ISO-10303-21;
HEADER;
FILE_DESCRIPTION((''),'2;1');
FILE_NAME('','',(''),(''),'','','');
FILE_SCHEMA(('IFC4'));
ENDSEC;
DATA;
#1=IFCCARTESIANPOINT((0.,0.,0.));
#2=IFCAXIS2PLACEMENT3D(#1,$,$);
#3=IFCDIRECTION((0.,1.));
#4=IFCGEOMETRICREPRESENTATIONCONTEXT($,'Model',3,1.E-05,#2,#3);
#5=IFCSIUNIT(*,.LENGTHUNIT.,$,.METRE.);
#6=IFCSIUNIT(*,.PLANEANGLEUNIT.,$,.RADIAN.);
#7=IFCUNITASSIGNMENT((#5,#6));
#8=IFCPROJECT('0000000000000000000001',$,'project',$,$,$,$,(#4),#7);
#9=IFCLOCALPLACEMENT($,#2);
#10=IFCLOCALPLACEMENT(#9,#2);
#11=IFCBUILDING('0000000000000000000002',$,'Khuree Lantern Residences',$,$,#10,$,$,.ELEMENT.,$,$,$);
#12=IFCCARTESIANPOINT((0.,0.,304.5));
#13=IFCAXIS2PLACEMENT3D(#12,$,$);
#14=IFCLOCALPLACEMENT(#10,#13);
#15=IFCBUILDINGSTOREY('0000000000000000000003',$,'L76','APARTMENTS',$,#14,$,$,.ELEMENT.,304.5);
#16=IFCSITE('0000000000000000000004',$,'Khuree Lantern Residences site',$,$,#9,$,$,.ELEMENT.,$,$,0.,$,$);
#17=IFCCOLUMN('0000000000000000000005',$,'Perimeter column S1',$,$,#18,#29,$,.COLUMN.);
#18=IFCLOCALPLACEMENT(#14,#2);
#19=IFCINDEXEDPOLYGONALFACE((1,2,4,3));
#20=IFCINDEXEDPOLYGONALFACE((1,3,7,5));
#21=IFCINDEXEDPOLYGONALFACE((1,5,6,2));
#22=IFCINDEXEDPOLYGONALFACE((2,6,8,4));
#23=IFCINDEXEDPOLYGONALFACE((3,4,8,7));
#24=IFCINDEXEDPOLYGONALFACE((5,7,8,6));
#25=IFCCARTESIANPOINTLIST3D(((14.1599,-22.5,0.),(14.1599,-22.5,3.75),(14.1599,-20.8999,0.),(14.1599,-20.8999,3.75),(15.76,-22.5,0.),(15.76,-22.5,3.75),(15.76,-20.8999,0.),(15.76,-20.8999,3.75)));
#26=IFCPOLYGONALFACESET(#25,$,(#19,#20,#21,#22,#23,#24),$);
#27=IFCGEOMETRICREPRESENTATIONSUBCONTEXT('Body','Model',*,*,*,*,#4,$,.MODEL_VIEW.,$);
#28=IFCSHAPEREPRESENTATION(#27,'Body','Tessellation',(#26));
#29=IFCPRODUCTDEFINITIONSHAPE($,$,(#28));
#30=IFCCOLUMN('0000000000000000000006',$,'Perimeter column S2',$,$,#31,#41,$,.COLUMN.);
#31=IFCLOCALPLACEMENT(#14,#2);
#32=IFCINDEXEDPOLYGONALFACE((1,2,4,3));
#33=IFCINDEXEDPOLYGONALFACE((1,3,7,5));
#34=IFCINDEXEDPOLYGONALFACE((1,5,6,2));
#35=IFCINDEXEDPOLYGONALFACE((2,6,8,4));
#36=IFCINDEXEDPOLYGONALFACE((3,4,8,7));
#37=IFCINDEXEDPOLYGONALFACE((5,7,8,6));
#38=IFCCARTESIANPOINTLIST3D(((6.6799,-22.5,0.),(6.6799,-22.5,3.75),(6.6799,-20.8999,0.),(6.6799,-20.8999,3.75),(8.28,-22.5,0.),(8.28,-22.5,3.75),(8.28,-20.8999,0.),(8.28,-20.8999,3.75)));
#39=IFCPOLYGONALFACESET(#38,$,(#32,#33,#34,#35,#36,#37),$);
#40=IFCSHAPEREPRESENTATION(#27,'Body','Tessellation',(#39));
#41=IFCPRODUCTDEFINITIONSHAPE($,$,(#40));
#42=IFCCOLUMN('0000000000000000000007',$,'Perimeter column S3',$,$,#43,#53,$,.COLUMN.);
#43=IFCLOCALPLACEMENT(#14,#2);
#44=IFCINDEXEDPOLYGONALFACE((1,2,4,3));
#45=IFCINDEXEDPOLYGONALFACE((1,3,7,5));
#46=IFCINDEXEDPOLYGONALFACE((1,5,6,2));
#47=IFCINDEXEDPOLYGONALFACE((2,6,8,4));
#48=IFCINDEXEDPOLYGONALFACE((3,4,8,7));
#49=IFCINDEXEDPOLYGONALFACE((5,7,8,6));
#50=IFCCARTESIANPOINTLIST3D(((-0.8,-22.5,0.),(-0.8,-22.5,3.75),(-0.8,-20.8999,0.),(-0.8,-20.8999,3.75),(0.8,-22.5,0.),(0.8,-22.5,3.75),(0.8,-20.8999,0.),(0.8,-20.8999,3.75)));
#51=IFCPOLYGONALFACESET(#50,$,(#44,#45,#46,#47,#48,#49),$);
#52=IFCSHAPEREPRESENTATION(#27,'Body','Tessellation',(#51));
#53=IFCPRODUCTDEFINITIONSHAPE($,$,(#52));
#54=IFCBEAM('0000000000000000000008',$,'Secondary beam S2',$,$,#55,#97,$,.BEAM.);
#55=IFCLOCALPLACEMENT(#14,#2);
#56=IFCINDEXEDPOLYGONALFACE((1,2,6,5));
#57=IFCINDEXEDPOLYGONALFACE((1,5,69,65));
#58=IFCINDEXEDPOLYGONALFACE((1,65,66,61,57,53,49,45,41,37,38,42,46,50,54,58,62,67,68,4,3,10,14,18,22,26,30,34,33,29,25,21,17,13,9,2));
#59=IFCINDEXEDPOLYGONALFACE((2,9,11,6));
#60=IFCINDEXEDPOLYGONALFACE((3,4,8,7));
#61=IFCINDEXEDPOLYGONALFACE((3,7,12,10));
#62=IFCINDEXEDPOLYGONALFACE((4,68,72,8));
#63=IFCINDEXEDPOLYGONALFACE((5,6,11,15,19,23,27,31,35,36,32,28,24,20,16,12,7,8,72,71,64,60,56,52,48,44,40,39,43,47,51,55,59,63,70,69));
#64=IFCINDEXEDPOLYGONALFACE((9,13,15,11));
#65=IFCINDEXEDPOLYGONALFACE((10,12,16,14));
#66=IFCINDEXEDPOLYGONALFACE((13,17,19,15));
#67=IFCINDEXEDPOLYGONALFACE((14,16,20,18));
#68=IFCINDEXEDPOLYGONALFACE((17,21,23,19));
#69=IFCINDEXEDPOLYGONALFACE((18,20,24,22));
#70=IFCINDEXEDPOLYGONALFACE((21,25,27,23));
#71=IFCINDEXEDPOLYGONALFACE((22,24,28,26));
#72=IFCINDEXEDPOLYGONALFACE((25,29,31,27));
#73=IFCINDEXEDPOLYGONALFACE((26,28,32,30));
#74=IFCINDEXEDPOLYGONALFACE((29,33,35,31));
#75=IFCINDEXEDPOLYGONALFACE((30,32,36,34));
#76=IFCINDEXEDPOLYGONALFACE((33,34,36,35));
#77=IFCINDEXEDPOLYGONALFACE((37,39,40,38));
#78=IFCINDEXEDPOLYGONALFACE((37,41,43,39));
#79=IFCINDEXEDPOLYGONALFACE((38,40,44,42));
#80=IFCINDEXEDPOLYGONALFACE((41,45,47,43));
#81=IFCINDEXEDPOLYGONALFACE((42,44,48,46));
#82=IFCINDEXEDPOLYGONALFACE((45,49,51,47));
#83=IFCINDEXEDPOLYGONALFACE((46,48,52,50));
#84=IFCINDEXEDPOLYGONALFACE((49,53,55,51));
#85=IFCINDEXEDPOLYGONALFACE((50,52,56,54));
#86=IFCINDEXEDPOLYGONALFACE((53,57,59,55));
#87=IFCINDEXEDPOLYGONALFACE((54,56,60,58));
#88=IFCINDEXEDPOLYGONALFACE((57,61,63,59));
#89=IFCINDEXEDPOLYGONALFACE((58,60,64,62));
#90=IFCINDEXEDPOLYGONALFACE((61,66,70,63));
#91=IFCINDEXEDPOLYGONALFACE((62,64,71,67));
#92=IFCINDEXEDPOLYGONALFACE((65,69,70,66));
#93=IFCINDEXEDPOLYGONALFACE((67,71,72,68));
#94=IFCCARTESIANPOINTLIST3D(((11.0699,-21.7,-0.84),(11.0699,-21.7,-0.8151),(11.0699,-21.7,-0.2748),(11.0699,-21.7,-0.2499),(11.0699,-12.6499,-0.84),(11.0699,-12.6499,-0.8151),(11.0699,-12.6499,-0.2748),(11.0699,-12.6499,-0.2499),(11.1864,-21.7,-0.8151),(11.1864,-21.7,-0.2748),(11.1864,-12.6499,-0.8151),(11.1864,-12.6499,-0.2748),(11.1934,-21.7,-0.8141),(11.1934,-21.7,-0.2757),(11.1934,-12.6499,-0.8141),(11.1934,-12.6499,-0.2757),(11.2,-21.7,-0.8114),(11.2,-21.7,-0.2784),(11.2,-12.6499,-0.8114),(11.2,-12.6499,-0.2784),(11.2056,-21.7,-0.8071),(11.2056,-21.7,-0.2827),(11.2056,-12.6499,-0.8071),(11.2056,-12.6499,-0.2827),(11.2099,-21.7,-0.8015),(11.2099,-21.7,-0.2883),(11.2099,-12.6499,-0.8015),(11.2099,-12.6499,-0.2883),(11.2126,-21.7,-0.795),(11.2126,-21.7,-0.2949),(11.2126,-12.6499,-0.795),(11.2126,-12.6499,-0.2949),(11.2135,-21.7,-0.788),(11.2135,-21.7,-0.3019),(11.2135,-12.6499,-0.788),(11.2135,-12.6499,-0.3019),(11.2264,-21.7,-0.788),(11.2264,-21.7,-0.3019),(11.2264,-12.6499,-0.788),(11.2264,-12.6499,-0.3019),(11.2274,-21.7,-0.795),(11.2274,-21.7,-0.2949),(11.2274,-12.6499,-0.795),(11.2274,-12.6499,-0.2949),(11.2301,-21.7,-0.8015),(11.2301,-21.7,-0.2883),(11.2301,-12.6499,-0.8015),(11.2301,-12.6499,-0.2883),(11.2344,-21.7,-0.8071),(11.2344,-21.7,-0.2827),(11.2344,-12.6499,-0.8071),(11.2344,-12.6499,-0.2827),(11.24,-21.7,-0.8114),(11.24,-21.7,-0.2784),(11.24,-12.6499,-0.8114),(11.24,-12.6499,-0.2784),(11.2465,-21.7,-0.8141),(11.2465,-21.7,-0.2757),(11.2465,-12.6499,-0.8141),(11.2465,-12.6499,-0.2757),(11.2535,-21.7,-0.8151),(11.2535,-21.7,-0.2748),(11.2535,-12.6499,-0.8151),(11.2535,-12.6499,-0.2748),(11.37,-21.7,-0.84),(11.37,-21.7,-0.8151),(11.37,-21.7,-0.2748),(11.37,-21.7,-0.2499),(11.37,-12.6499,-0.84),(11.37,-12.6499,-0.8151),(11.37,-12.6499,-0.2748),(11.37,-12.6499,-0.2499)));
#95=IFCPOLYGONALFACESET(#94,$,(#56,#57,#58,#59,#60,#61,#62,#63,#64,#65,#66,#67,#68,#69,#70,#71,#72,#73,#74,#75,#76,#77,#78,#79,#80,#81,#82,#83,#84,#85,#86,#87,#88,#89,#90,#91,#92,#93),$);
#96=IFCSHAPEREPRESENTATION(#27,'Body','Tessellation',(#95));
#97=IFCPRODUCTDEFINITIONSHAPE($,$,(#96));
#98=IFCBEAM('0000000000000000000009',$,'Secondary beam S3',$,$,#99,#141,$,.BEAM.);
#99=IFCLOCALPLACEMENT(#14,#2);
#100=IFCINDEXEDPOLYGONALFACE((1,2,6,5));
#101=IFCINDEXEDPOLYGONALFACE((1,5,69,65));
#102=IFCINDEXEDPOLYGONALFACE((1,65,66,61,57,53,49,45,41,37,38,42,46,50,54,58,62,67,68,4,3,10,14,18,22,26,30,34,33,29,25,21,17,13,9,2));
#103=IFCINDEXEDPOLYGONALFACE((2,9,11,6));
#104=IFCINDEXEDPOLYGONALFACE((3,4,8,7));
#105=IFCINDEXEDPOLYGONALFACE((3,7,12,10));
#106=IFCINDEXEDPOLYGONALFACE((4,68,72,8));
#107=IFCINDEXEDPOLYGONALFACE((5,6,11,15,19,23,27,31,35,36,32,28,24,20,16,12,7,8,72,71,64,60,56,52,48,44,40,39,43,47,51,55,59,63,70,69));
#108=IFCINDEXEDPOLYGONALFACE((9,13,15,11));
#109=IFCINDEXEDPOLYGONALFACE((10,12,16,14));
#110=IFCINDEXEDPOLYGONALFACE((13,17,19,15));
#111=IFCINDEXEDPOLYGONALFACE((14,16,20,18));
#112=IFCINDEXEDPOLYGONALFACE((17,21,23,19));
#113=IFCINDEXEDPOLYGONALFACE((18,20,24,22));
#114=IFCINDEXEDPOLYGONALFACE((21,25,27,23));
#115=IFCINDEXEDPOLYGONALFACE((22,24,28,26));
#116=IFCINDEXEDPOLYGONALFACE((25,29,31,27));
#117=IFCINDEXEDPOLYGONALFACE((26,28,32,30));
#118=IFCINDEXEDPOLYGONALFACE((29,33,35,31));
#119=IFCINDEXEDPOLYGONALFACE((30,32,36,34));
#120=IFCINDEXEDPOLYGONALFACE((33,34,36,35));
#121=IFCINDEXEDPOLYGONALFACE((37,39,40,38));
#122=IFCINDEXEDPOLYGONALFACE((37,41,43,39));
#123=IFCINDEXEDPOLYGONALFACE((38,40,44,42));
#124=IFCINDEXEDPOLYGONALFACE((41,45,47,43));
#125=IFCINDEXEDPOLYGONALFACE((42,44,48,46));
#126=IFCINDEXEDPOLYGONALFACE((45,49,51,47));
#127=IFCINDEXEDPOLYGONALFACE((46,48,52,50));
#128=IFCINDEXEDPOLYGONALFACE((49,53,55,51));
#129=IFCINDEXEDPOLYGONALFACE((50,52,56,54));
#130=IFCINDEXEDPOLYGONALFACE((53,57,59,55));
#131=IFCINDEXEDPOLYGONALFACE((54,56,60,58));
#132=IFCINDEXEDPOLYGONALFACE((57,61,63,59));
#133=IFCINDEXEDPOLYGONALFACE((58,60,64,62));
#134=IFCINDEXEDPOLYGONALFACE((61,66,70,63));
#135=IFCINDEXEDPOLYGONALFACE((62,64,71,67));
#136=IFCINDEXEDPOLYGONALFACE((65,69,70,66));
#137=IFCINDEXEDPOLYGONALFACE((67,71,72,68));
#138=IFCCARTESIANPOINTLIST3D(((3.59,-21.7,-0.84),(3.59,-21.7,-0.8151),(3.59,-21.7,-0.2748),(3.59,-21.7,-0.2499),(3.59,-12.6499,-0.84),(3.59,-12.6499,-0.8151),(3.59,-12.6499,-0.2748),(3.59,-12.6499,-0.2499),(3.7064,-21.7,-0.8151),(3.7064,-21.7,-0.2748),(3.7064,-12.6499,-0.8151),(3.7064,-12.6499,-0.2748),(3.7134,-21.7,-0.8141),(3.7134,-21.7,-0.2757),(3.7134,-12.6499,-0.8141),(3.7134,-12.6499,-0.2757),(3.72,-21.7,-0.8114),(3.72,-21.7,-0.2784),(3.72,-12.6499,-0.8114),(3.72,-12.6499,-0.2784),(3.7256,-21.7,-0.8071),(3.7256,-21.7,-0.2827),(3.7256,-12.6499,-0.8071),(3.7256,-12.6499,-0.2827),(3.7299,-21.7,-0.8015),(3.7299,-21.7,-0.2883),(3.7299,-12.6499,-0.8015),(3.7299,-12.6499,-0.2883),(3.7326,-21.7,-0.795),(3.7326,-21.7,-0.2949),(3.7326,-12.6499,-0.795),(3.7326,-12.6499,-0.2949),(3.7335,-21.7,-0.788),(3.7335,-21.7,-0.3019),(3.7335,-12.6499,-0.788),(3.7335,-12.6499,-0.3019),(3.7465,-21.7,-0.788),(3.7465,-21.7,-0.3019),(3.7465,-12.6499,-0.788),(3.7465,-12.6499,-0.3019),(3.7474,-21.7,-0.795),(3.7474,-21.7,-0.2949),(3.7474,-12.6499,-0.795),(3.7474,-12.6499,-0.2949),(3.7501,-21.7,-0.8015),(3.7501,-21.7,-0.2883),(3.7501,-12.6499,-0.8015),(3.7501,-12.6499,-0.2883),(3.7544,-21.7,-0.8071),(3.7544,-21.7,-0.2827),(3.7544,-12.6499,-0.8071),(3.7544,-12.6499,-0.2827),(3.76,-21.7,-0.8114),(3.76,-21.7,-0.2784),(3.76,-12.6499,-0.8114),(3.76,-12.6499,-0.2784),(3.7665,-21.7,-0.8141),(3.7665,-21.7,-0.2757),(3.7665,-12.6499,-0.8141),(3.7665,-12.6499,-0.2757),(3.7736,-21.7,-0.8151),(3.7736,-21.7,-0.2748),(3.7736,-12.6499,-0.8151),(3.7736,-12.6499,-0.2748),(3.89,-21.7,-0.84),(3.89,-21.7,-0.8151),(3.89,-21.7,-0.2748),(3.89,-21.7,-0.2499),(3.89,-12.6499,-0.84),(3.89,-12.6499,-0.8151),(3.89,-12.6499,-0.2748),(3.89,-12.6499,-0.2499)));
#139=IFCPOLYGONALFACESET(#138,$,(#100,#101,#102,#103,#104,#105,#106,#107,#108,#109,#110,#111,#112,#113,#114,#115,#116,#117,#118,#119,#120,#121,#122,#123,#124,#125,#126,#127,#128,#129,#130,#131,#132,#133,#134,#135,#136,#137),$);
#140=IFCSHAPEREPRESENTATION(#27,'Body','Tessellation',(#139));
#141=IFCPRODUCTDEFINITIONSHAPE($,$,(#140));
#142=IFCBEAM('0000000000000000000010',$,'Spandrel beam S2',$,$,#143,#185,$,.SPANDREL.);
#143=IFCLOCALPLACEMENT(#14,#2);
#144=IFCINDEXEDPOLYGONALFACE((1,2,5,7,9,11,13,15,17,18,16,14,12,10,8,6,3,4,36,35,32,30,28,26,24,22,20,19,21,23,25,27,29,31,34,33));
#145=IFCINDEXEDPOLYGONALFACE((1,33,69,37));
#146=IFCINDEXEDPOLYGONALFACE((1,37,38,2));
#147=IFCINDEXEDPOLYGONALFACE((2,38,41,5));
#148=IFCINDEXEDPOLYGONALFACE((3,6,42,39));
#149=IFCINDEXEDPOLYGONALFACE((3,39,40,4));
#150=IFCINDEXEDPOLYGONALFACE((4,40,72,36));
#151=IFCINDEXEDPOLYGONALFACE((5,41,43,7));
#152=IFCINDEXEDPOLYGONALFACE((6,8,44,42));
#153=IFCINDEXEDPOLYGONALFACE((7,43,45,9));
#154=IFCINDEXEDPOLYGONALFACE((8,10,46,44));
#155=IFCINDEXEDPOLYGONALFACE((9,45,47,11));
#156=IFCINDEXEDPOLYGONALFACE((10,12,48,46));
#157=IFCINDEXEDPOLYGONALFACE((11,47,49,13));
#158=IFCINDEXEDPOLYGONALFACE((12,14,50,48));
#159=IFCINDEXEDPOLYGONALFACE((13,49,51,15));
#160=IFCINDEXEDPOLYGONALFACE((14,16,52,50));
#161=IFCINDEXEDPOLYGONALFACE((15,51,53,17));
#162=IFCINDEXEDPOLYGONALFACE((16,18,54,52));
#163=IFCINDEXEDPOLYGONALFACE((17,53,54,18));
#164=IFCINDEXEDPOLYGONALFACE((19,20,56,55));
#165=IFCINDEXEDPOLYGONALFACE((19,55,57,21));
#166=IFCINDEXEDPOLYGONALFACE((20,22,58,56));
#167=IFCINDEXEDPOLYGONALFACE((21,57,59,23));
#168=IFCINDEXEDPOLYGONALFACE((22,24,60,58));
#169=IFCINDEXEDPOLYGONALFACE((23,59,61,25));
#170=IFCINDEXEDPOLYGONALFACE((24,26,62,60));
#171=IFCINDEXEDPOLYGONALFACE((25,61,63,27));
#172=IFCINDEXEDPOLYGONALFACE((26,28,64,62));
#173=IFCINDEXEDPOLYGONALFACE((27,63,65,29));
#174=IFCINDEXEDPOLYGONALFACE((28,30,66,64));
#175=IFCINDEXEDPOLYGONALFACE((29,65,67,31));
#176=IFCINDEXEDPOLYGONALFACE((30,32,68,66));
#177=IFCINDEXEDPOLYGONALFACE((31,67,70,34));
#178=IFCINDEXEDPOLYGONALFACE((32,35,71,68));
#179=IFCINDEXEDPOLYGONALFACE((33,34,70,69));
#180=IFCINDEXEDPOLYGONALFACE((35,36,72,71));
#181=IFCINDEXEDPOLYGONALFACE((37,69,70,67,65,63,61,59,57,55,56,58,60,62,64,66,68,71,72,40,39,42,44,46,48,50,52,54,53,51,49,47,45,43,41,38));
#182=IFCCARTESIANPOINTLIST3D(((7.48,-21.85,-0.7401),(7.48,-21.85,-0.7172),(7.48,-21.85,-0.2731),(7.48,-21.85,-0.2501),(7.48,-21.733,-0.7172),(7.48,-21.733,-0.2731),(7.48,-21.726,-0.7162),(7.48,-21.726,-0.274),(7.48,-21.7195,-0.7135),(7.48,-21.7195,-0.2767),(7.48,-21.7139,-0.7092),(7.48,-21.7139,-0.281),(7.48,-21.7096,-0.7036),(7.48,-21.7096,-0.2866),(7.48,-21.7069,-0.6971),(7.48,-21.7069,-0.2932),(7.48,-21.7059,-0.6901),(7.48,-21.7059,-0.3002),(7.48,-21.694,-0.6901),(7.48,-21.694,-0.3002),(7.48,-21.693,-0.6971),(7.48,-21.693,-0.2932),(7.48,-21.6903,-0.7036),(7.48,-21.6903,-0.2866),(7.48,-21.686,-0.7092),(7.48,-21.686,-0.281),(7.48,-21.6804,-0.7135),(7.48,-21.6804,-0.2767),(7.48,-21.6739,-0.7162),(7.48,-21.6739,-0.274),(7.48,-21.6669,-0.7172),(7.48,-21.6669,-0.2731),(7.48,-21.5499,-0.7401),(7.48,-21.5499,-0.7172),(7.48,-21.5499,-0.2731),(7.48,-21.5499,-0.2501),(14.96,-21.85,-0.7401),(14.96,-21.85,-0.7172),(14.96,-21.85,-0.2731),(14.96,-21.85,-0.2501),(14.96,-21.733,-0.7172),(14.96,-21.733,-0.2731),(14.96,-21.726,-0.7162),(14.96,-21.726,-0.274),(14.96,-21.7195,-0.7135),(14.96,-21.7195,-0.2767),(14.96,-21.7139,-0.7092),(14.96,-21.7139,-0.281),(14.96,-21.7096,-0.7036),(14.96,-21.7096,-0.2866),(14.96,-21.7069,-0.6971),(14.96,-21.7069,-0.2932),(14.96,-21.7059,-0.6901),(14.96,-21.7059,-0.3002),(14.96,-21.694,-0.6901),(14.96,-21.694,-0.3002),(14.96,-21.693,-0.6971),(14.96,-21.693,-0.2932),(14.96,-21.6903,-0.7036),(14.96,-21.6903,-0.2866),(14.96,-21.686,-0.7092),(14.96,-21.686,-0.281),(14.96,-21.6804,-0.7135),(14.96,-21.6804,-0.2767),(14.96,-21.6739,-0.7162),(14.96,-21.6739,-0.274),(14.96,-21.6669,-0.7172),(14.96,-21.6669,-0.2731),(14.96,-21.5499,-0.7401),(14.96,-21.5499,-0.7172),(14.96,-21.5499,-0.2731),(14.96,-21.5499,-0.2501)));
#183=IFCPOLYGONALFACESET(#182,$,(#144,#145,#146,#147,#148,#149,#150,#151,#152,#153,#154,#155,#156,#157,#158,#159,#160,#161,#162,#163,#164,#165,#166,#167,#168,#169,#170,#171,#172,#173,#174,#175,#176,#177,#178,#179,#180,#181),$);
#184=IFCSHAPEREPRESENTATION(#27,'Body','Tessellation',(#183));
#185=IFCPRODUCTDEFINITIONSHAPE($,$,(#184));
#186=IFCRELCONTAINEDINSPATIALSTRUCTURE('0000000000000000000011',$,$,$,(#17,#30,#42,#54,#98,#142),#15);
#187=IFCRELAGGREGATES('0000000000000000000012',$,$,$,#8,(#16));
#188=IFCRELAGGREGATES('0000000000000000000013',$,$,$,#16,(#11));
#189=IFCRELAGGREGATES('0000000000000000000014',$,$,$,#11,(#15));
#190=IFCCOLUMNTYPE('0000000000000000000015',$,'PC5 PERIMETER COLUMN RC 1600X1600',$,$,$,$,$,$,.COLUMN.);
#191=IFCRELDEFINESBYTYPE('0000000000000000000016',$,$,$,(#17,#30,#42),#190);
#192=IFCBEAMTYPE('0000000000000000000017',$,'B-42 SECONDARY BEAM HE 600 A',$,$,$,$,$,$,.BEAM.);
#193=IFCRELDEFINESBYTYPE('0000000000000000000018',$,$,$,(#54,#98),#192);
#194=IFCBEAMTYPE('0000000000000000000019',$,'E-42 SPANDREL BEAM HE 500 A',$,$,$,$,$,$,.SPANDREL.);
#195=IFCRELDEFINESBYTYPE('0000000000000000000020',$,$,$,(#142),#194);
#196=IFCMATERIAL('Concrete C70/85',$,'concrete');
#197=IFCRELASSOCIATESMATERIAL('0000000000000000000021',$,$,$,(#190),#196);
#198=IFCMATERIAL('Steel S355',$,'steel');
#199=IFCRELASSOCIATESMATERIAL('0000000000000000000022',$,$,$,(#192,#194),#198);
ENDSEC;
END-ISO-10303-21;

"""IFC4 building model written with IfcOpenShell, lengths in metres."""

from ifc_helpers import new_model, si_unit, direction, frame, origin, origin_2d, place, context, subcontext, project, spatial, rectangle, i_section, extrude, material, material_profile, profile_set, type_object, element, save


model = new_model("IFC4")

# Units and contexts
model_context = context("Model", 3, precision=1e-05, world=origin(), true_north=direction((0.0, 1.0)))
body_context = subcontext(model_context, "Body", "Model", "MODEL_VIEW")
ifc_project = project(units=[si_unit("LENGTHUNIT", "METRE"), si_unit("PLANEANGLEUNIT", "RADIAN")], contexts=[model_context])

# Site, building, storey
site_placement = place(None, origin())
site = spatial("IfcSite", under=ifc_project, at=site_placement, Name="Khuree Lantern Residences site", CompositionType="ELEMENT", RefElevation=0.0)
building_placement = place(site_placement, origin())
building = spatial("IfcBuilding", under=site, at=building_placement, Name="Khuree Lantern Residences", CompositionType="ELEMENT")
storey_placement = place(building_placement, frame((0.0, 0.0, 304.5)))
storey = spatial("IfcBuildingStorey", under=building, at=storey_placement, Name="L76", Description="APARTMENTS", CompositionType="ELEMENT", Elevation=304.5)

# Columns
ifc_material_1 = material(Name="Concrete C70/85", Category="concrete")
ifc_material_profile_1 = material_profile(ifc_material_1, rectangle(XDim=1.6001, YDim=1.6001, at=origin_2d()), Name="RC 1600X1600")
ifc_profile_set_1 = profile_set([ifc_material_profile_1], Name="Concrete C70/85")
column_type = type_object("IfcColumnType", Name="PC5 PERIMETER COLUMN RC 1600X1600", PredefinedType="COLUMN", material=ifc_profile_set_1)
for number, where, z_axis, x_axis, name in (
    (1, (14.96, -21.7, 0.0), (0.0, 0.0, 1.0), (1.0, 0.0, 0.0), "Perimeter column S1"),
    (2, (7.48, -21.7, 0.0), (0.0, 0.0, 1.0), (1.0, 0.0, 0.0), "Perimeter column S2"),
    (3, (0.0, -21.7, 0.0), (0.0, 0.0, 1.0), (1.0, 0.0, 0.0), "Perimeter column S3"),
):
    element("IfcColumn", number, at=place(storey_placement, frame(where, z_axis=z_axis, x_axis=x_axis)), inside=storey, type_object=column_type, Name=name, PredefinedType="COLUMN", context=body_context, shape_type="SweptSolid", body=[
        extrude(rectangle(XDim=1.6001, YDim=1.6001, at=origin_2d()), origin(), (0.0, 0.0, 1.0), 3.75),
    ])

# Beams
ifc_material_2 = material(Name="Steel S355", Category="steel")
ifc_material_profile_2 = material_profile(ifc_material_2, i_section(OverallWidth=0.3, OverallDepth=0.5901, WebThickness=0.0129, FlangeThickness=0.0249, FilletRadius=0.0271, at=origin_2d()), Name="HE 600 A")
ifc_profile_set_2 = profile_set([ifc_material_profile_2], Name="Steel S355")
beam_type_1 = type_object("IfcBeamType", Name="B-42 SECONDARY BEAM HE 600 A", PredefinedType="BEAM", material=ifc_profile_set_2)
for number, where, z_axis, x_axis, name in (
    (4, (11.22, -21.7, -0.5449), (0.0, 1.0, 0.0), (-1.0, 0.0, 0.0), "Secondary beam S2"),
    (5, (3.74, -21.7, -0.5449), (0.0, 1.0, 0.0), (-1.0, 0.0, 0.0), "Secondary beam S3"),
):
    element("IfcBeam", number, at=place(storey_placement, frame(where, z_axis=z_axis, x_axis=x_axis)), inside=storey, type_object=beam_type_1, Name=name, PredefinedType="BEAM", context=body_context, shape_type="SweptSolid", body=[
        extrude(i_section(OverallWidth=0.3, OverallDepth=0.5901, WebThickness=0.0129, FlangeThickness=0.0249, FilletRadius=0.0271, at=origin_2d()), origin(), (0.0, 0.0, 1.0), 9.05),
    ])
ifc_material_profile_3 = material_profile(ifc_material_2, i_section(OverallWidth=0.3, OverallDepth=0.49, WebThickness=0.012, FlangeThickness=0.0229, FilletRadius=0.0271, at=origin_2d()), Name="HE 500 A")
ifc_profile_set_3 = profile_set([ifc_material_profile_3], Name="Steel S355")
beam_type_2 = type_object("IfcBeamType", Name="E-42 SPANDREL BEAM HE 500 A", PredefinedType="SPANDREL", material=ifc_profile_set_3)
for number, where, z_axis, x_axis, name in (
    (6, (14.96, -21.7, -0.4951), (-1.0, 0.0, 0.0), (0.0, -1.0, 0.0), "Spandrel beam S2"),
):
    element("IfcBeam", number, at=place(storey_placement, frame(where, z_axis=z_axis, x_axis=x_axis)), inside=storey, type_object=beam_type_2, Name=name, PredefinedType="SPANDREL", context=body_context, shape_type="SweptSolid", body=[
        extrude(i_section(OverallWidth=0.3, OverallDepth=0.49, WebThickness=0.012, FlangeThickness=0.0229, FilletRadius=0.0271, at=origin_2d()), origin(), (0.0, 0.0, 1.0), 7.48),
    ])

save(model, "model.ifc")
